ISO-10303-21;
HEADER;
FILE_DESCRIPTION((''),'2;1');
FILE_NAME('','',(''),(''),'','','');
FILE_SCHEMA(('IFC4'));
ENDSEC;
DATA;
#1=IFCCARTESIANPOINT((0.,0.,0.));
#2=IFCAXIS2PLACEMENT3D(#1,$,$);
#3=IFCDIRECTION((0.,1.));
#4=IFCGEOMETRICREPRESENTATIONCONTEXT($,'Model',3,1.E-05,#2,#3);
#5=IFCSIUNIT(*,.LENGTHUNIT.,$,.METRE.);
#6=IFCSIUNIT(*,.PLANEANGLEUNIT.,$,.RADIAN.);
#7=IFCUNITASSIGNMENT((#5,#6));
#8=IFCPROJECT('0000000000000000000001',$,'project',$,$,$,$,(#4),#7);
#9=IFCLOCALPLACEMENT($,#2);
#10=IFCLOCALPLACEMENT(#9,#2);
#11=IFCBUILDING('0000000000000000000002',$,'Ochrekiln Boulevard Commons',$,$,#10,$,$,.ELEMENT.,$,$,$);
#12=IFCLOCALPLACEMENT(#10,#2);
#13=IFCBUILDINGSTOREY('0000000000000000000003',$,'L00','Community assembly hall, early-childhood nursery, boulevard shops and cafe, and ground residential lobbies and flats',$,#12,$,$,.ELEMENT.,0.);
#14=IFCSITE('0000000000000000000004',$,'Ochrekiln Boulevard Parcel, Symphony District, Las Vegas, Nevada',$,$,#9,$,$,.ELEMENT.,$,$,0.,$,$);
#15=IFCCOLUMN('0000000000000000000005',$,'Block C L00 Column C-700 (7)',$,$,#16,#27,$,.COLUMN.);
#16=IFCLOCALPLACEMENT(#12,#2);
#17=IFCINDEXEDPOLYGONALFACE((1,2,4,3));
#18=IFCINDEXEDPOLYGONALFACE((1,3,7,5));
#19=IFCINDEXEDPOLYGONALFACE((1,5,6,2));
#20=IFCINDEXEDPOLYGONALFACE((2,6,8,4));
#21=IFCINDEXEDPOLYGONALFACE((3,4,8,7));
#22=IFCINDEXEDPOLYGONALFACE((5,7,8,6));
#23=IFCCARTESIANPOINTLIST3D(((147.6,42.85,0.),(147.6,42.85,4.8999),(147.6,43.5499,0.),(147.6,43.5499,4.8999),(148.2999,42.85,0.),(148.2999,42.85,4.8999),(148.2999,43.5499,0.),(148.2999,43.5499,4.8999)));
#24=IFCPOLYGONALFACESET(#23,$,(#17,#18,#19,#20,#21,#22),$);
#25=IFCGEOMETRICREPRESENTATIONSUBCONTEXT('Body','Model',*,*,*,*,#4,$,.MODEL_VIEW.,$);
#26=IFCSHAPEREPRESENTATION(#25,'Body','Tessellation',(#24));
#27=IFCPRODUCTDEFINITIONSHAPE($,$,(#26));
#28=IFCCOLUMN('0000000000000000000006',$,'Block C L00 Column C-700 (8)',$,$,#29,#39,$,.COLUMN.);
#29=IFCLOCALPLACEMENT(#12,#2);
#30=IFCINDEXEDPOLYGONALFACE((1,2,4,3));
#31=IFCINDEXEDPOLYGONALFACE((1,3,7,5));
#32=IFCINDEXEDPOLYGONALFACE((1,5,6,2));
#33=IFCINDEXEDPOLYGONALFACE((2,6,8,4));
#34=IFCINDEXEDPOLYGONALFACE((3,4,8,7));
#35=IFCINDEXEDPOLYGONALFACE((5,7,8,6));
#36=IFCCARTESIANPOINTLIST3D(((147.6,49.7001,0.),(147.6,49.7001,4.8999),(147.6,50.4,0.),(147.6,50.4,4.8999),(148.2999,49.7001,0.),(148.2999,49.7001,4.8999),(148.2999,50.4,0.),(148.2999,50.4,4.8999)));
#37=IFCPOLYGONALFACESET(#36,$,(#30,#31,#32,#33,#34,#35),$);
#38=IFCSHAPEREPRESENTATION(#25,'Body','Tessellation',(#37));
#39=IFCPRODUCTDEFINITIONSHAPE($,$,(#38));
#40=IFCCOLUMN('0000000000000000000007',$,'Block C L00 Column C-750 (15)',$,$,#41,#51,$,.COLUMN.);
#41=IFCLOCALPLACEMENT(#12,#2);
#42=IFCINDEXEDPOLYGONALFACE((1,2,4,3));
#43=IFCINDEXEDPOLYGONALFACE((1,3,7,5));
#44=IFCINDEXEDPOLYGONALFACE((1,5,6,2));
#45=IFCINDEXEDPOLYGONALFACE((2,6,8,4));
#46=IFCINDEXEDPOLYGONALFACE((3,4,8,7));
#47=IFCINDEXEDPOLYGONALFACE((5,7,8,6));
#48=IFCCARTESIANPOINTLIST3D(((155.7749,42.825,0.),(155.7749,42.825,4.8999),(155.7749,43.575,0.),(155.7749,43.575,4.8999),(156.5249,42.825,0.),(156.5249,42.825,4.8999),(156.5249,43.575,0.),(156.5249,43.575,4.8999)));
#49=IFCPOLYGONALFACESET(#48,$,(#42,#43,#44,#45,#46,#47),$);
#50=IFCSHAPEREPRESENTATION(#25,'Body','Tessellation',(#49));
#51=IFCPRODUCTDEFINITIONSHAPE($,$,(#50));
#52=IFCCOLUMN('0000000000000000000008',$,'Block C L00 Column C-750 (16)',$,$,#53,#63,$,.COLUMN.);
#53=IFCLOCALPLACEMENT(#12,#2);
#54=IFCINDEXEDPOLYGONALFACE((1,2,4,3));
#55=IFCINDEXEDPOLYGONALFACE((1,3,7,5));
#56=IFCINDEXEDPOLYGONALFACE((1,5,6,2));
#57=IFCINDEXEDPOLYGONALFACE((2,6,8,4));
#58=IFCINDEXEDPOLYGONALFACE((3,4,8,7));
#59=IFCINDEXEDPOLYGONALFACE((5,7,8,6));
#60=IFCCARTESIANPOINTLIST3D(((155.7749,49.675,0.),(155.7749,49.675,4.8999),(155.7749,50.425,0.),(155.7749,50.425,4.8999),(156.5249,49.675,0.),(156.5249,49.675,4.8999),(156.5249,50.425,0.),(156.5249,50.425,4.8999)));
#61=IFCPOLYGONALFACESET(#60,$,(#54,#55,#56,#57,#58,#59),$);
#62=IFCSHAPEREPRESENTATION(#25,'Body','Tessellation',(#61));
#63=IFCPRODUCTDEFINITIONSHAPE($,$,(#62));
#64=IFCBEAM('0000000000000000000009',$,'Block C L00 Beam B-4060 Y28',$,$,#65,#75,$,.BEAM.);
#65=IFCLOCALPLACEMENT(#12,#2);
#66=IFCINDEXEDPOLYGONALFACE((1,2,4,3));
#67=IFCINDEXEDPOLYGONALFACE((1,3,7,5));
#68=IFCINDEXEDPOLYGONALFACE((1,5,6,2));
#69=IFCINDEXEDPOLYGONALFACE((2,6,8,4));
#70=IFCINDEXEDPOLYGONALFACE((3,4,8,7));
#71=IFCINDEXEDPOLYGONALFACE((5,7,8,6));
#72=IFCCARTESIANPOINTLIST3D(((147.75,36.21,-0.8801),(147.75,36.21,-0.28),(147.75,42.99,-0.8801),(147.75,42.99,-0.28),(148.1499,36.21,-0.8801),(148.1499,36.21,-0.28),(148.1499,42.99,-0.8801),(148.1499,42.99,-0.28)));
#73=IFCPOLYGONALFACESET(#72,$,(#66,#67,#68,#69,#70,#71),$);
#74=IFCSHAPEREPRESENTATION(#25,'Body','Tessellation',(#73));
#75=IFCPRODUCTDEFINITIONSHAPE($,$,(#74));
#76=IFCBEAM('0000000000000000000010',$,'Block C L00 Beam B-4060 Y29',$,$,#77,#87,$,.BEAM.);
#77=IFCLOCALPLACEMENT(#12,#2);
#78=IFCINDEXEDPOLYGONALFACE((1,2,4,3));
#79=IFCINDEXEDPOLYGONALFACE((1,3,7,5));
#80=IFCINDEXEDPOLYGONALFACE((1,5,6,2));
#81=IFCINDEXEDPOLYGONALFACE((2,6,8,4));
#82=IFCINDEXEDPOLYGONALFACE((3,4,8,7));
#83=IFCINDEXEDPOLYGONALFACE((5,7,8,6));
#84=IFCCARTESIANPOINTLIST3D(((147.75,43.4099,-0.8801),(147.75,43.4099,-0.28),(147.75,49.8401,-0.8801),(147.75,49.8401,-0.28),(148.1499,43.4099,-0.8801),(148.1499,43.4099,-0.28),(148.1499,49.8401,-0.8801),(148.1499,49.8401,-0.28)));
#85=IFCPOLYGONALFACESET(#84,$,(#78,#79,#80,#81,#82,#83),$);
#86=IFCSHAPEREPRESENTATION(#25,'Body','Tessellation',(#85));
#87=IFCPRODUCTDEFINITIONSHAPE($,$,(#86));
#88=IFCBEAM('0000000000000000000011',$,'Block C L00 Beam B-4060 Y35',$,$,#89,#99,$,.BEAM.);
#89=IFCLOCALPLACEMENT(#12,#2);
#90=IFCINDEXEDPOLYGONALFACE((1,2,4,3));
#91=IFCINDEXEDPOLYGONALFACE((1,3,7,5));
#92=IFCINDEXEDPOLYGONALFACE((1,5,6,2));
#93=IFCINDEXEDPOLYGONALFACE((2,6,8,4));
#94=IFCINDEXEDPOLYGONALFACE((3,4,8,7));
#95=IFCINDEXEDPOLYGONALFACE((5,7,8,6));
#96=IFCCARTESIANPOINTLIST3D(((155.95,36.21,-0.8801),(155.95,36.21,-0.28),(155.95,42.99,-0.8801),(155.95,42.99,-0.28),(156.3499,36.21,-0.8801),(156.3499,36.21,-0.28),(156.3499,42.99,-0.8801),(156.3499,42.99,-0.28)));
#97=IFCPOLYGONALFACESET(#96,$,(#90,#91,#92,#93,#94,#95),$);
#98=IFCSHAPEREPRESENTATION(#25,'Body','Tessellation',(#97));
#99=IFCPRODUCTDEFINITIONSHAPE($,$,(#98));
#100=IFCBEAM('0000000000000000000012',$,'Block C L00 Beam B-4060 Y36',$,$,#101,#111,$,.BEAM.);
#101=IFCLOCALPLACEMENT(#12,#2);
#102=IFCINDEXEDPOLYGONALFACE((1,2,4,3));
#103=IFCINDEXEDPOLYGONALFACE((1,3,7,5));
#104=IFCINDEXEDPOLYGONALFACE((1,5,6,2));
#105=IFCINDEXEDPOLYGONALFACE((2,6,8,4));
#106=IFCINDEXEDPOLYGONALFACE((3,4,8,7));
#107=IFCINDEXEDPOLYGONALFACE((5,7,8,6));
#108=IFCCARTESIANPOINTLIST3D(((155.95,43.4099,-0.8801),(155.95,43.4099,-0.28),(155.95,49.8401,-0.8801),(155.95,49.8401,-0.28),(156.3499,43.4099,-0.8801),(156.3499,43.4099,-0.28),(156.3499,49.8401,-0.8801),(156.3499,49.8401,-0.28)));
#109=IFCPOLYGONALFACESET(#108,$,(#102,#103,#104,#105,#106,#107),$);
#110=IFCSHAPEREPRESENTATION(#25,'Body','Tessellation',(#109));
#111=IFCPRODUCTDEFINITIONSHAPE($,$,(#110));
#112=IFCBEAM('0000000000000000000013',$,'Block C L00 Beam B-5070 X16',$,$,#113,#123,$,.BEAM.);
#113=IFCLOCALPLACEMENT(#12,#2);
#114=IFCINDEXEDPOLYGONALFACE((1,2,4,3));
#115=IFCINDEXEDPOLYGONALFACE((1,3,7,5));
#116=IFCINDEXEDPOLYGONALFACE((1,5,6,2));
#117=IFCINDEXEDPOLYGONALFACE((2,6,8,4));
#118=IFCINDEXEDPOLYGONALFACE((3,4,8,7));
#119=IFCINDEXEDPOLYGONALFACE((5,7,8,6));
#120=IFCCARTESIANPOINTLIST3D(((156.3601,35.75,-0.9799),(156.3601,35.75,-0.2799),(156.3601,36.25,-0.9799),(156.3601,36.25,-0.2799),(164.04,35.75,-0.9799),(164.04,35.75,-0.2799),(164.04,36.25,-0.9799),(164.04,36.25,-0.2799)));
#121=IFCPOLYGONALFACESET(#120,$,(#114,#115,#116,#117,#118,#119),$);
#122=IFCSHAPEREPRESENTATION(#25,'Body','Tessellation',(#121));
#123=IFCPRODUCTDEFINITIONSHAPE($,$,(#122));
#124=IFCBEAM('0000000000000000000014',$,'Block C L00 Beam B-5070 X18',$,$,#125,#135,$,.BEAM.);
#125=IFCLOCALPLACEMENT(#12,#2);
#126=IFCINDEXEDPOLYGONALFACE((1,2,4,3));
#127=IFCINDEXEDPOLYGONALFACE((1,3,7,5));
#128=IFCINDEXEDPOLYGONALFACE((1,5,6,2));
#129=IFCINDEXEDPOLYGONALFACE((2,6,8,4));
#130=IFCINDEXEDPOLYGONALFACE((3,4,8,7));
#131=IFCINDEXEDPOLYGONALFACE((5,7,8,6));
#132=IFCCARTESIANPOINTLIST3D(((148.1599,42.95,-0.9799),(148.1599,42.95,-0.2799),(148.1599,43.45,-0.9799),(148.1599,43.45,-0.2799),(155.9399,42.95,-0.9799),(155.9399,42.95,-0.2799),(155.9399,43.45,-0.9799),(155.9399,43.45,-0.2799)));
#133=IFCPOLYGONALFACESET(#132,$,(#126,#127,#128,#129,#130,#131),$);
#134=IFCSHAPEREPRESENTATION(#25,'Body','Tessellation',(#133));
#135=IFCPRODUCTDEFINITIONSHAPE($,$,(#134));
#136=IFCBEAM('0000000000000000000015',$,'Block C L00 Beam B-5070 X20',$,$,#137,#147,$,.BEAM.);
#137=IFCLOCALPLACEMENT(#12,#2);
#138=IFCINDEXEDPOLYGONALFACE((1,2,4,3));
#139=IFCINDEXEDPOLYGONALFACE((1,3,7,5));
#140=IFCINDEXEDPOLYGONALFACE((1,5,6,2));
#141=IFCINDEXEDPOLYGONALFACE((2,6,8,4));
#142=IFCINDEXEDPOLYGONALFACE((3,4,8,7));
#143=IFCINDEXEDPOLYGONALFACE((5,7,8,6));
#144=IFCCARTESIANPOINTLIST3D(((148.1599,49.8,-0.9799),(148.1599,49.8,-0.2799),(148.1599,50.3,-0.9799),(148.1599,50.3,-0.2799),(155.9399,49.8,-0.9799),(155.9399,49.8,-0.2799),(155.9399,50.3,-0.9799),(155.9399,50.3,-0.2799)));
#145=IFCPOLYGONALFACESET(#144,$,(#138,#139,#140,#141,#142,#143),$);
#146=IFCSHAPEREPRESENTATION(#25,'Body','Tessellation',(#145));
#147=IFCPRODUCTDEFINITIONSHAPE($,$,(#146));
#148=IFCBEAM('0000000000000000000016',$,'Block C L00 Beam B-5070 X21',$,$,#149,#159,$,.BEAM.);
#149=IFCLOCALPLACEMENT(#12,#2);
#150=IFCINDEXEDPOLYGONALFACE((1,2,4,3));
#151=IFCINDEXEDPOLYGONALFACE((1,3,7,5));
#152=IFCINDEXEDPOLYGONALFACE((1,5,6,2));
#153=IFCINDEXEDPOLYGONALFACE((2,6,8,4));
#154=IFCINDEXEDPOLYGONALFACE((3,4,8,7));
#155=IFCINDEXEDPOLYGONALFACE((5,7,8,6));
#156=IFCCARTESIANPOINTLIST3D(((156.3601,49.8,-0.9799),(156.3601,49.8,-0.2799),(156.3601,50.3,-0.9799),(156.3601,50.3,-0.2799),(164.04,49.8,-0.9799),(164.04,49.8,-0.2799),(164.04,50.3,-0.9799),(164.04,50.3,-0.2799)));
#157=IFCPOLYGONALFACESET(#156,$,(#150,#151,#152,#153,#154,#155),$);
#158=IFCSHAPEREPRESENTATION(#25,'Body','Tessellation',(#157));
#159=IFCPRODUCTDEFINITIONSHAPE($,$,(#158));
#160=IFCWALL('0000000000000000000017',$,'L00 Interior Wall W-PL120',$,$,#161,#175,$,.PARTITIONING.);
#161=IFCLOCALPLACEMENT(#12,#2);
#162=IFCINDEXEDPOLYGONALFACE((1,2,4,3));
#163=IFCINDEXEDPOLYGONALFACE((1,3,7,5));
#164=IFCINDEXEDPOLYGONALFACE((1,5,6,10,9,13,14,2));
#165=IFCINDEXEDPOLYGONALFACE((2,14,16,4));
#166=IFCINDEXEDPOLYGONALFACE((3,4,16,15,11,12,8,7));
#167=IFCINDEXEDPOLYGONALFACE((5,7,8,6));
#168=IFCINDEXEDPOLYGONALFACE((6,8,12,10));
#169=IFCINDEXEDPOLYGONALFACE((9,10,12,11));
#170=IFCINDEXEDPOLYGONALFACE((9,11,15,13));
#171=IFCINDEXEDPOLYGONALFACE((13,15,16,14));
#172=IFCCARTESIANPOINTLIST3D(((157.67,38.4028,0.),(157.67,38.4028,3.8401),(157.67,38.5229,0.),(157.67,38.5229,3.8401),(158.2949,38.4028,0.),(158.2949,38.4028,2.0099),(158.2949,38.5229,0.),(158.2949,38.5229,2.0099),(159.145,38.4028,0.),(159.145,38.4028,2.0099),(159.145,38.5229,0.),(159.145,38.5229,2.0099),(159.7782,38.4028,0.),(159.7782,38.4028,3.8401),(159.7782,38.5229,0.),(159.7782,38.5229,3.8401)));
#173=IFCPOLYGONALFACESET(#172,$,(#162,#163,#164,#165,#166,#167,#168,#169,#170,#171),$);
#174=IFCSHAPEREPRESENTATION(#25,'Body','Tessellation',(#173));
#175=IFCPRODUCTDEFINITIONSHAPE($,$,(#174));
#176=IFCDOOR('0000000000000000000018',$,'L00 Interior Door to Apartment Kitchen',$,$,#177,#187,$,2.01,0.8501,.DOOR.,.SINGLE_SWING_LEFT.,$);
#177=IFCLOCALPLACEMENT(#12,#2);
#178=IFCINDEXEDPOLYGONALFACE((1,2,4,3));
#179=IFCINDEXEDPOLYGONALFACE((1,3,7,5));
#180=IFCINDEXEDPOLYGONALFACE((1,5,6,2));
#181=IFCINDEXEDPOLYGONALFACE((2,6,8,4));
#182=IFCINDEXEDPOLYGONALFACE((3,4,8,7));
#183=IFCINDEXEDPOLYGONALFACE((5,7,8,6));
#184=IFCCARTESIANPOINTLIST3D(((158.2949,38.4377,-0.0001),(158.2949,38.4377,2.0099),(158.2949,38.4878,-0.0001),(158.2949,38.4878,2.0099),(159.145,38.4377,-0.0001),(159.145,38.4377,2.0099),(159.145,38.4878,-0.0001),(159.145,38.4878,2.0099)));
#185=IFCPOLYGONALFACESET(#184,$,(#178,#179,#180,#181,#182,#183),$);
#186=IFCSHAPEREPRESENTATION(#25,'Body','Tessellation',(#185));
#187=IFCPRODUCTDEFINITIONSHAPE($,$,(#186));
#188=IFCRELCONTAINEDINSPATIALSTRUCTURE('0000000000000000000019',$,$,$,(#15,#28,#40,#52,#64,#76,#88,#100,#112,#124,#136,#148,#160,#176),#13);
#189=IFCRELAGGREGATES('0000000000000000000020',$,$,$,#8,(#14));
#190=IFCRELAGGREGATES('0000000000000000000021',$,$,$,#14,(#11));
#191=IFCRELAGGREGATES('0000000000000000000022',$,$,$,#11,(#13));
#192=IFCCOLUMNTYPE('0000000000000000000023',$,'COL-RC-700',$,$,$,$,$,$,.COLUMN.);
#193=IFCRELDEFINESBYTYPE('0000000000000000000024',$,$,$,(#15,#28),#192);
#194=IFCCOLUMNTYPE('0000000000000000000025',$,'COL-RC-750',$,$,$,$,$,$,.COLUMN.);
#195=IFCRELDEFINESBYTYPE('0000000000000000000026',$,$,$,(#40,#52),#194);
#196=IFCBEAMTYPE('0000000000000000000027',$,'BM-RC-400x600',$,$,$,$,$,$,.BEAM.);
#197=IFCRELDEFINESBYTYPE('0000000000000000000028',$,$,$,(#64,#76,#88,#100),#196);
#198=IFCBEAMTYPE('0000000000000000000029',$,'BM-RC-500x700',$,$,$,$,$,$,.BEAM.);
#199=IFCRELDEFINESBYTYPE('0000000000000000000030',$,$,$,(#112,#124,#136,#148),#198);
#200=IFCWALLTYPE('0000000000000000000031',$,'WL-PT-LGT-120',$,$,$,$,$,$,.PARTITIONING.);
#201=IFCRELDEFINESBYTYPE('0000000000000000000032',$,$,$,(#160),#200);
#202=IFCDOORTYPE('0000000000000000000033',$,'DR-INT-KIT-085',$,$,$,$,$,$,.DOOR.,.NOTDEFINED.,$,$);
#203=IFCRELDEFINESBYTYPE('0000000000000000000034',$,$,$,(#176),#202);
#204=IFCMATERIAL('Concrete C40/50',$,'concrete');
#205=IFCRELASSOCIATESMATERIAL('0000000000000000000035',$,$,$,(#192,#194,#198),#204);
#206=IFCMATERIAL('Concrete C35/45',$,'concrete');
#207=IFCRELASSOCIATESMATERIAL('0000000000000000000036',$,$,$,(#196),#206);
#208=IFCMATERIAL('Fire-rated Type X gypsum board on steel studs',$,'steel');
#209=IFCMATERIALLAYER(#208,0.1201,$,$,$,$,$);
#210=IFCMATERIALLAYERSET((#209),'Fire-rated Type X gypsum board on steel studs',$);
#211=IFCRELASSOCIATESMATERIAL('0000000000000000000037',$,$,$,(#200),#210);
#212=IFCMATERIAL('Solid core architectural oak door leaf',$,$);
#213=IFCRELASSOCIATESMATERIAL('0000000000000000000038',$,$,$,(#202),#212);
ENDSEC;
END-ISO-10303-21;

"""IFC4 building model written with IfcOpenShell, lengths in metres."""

from ifc_helpers import new_model, si_unit, direction, frame, frame_2d, origin, origin_2d, place, context, subcontext, project, spatial, rectangle, extrude, material, layer, layer_set, material_profile, profile_set, type_object, element, fill, save


model = new_model("IFC4")

# Units and contexts
model_context = context("Model", 3, precision=1e-05, world=origin(), true_north=direction((0.0, 1.0)))
body_context = subcontext(model_context, "Body", "Model", "MODEL_VIEW")
ifc_project = project(units=[si_unit("LENGTHUNIT", "METRE"), si_unit("PLANEANGLEUNIT", "RADIAN")], contexts=[model_context])

# Site, building, storey
site_placement = place(None, origin())
site = spatial("IfcSite", under=ifc_project, at=site_placement, Name="Ochrekiln Boulevard Parcel, Symphony District, Las Vegas, Nevada", CompositionType="ELEMENT", RefElevation=0.0)
building_placement = place(site_placement, origin())
building = spatial("IfcBuilding", under=site, at=building_placement, Name="Ochrekiln Boulevard Commons", CompositionType="ELEMENT")
storey_placement = place(building_placement, origin())
storey = spatial("IfcBuildingStorey", under=building, at=storey_placement, Name="L00", Description="Community assembly hall, early-childhood nursery, boulevard shops and cafe, and ground residential lobbies and flats", CompositionType="ELEMENT", Elevation=0.0)

# Columns
ifc_material_1 = material(Name="Concrete C40/50", Category="concrete")
ifc_material_profile_1 = material_profile(ifc_material_1, rectangle(XDim=0.7, YDim=0.7, at=origin_2d()), Name="RC-COL-700x700")
ifc_profile_set_1 = profile_set([ifc_material_profile_1], Name="Concrete C40/50")
column_type_1 = type_object("IfcColumnType", Name="COL-RC-700", PredefinedType="COLUMN", material=ifc_profile_set_1)
for number, where, z_axis, x_axis, name in (
    (1, (147.95, 43.2, 0.0), (0.0, 0.0, 1.0), (1.0, 0.0, 0.0), "Block C L00 Column C-700 (7)"),
    (2, (147.95, 50.05, 0.0), (0.0, 0.0, 1.0), (1.0, 0.0, 0.0), "Block C L00 Column C-700 (8)"),
):
    element("IfcColumn", number, at=place(storey_placement, frame(where, z_axis=z_axis, x_axis=x_axis)), inside=storey, type_object=column_type_1, Name=name, PredefinedType="COLUMN", context=body_context, shape_type="SweptSolid", body=[
        extrude(rectangle(XDim=0.7, YDim=0.7, at=origin_2d()), origin(), (0.0, 0.0, 1.0), 4.8999),
    ])
ifc_material_profile_2 = material_profile(ifc_material_1, rectangle(XDim=0.75, YDim=0.75, at=origin_2d()), Name="RC-COL-750x750")
ifc_profile_set_2 = profile_set([ifc_material_profile_2], Name="Concrete C40/50")
column_type_2 = type_object("IfcColumnType", Name="COL-RC-750", PredefinedType="COLUMN", material=ifc_profile_set_2)
for number, where, z_axis, x_axis, name in (
    (3, (156.1499, 43.2, 0.0), (0.0, 0.0, 1.0), (1.0, 0.0, 0.0), "Block C L00 Column C-750 (15)"),
    (4, (156.1499, 50.05, 0.0), (0.0, 0.0, 1.0), (1.0, 0.0, 0.0), "Block C L00 Column C-750 (16)"),
):
    element("IfcColumn", number, at=place(storey_placement, frame(where, z_axis=z_axis, x_axis=x_axis)), inside=storey, type_object=column_type_2, Name=name, PredefinedType="COLUMN", context=body_context, shape_type="SweptSolid", body=[
        extrude(rectangle(XDim=0.75, YDim=0.75, at=origin_2d()), origin(), (0.0, 0.0, 1.0), 4.8999),
    ])

# Beams
ifc_material_2 = material(Name="Concrete C35/45", Category="concrete")
ifc_material_profile_3 = material_profile(ifc_material_2, rectangle(XDim=0.3999, YDim=0.6001, at=origin_2d()), Name="RC-BM-400x600")
ifc_profile_set_3 = profile_set([ifc_material_profile_3], Name="Concrete C35/45")
beam_type_1 = type_object("IfcBeamType", Name="BM-RC-400x600", PredefinedType="BEAM", material=ifc_profile_set_3)
beam_1_placement = place(storey_placement, frame((147.95, 36.21, -0.5801), z_axis=(0.0, 1.0, 0.0), x_axis=(-1.0, 0.0, 0.0)))
element("IfcBeam", 5, at=beam_1_placement, inside=storey, type_object=beam_type_1, Name="Block C L00 Beam B-4060 Y28", PredefinedType="BEAM", context=body_context, shape_type="SweptSolid", body=[
    extrude(rectangle(XDim=0.3999, YDim=0.6001, at=origin_2d()), origin(), (0.0, 0.0, 1.0), 6.78),
])
beam_2_placement = place(storey_placement, frame((147.95, 43.4099, -0.5801), z_axis=(0.0, 1.0, 0.0), x_axis=(-1.0, 0.0, 0.0)))
element("IfcBeam", 6, at=beam_2_placement, inside=storey, type_object=beam_type_1, Name="Block C L00 Beam B-4060 Y29", PredefinedType="BEAM", context=body_context, shape_type="SweptSolid", body=[
    extrude(rectangle(XDim=0.3999, YDim=0.6001, at=origin_2d()), origin(), (0.0, 0.0, 1.0), 6.4302),
])
beam_3_placement = place(storey_placement, frame((156.1499, 36.21, -0.5801), z_axis=(0.0, 1.0, 0.0), x_axis=(-1.0, 0.0, 0.0)))
element("IfcBeam", 7, at=beam_3_placement, inside=storey, type_object=beam_type_1, Name="Block C L00 Beam B-4060 Y35", PredefinedType="BEAM", context=body_context, shape_type="SweptSolid", body=[
    extrude(rectangle(XDim=0.3999, YDim=0.6001, at=origin_2d()), origin(), (0.0, 0.0, 1.0), 6.78),
])
beam_4_placement = place(storey_placement, frame((156.1499, 43.4099, -0.5801), z_axis=(0.0, 1.0, 0.0), x_axis=(-1.0, 0.0, 0.0)))
element("IfcBeam", 8, at=beam_4_placement, inside=storey, type_object=beam_type_1, Name="Block C L00 Beam B-4060 Y36", PredefinedType="BEAM", context=body_context, shape_type="SweptSolid", body=[
    extrude(rectangle(XDim=0.3999, YDim=0.6001, at=origin_2d()), origin(), (0.0, 0.0, 1.0), 6.4302),
])
ifc_material_profile_4 = material_profile(ifc_material_1, rectangle(XDim=0.5, YDim=0.7, at=origin_2d()), Name="RC-BM-500x700")
ifc_profile_set_4 = profile_set([ifc_material_profile_4], Name="Concrete C40/50")
beam_type_2 = type_object("IfcBeamType", Name="BM-RC-500x700", PredefinedType="BEAM", material=ifc_profile_set_4)
beam_5_placement = place(storey_placement, frame((156.3601, 36.0, -0.6299), z_axis=(1.0, 0.0, 0.0), x_axis=(0.0, 1.0, 0.0)))
element("IfcBeam", 9, at=beam_5_placement, inside=storey, type_object=beam_type_2, Name="Block C L00 Beam B-5070 X16", PredefinedType="BEAM", context=body_context, shape_type="SweptSolid", body=[
    extrude(rectangle(XDim=0.5, YDim=0.7, at=origin_2d()), origin(), (0.0, 0.0, 1.0), 7.6799),
])
for number, where, z_axis, x_axis, name in (
    (10, (148.1599, 43.2, -0.6299), (1.0, 0.0, 0.0), (0.0, 1.0, 0.0), "Block C L00 Beam B-5070 X18"),
    (11, (148.1599, 50.05, -0.6299), (1.0, 0.0, 0.0), (0.0, 1.0, 0.0), "Block C L00 Beam B-5070 X20"),
):
    element("IfcBeam", number, at=place(storey_placement, frame(where, z_axis=z_axis, x_axis=x_axis)), inside=storey, type_object=beam_type_2, Name=name, PredefinedType="BEAM", context=body_context, shape_type="SweptSolid", body=[
        extrude(rectangle(XDim=0.5, YDim=0.7, at=origin_2d()), origin(), (0.0, 0.0, 1.0), 7.78),
    ])
beam_6_placement = place(storey_placement, frame((156.3601, 50.05, -0.6299), z_axis=(1.0, 0.0, 0.0), x_axis=(0.0, 1.0, 0.0)))
element("IfcBeam", 12, at=beam_6_placement, inside=storey, type_object=beam_type_2, Name="Block C L00 Beam B-5070 X21", PredefinedType="BEAM", context=body_context, shape_type="SweptSolid", body=[
    extrude(rectangle(XDim=0.5, YDim=0.7, at=origin_2d()), origin(), (0.0, 0.0, 1.0), 7.6799),
])

# Wall, opening, door
ifc_material_3 = material(Name="Fire-rated Type X gypsum board on steel studs", Category="steel")
ifc_layer_1 = layer(ifc_material_3, 0.1201)
ifc_layer_set_1 = layer_set([ifc_layer_1], Name="Fire-rated Type X gypsum board on steel studs")
wall_type_1 = type_object("IfcWallType", Name="WL-PT-LGT-120", PredefinedType="PARTITIONING", material=ifc_layer_set_1)
wall_1_placement = place(storey_placement, frame((157.6699, 38.4629, 0.0), z_axis=(0.0, 0.0, 1.0), x_axis=(1.0, 0.0, 0.0)))
wall_1 = element("IfcWall", 13, at=wall_1_placement, inside=storey, type_object=wall_type_1, Name="L00 Interior Wall W-PL120", PredefinedType="PARTITIONING", context=body_context, shape_type="SweptSolid", body=[
    extrude(rectangle(XDim=2.1082, YDim=0.1201, at=frame_2d((1.0542, 0.0))), origin(), (0.0, 0.0, 1.0), 3.8401),
])
opening_1_placement = place(wall_1_placement, frame((0.625, 0.0, 0.0)))
opening_1 = element("IfcOpeningElement", 14, at=opening_1_placement, cuts=wall_1, PredefinedType="OPENING", context=body_context, shape_type="SweptSolid", body=[
    extrude(rectangle(XDim=0.8501, YDim=2.01, at=frame_2d((0.425, 1.0049))), frame((0.0, 0.0701, 0.0), z_axis=(0.0, -1.0, 0.0), x_axis=(1.0, 0.0, 0.0)), (0.0, 0.0, 1.0), 0.1401),
])
ifc_material_4 = material(Name="Solid core architectural oak door leaf")
door_type_1 = type_object("IfcDoorType", Name="DR-INT-KIT-085", OperationType="NOTDEFINED", PredefinedType="DOOR", material=ifc_material_4)
door_1_placement = place(opening_1_placement, origin())
door_1 = element("IfcDoor", 15, at=door_1_placement, inside=storey, type_object=door_type_1, Name="L00 Interior Door to Apartment Kitchen", OperationType="SINGLE_SWING_LEFT", OverallHeight=2.01, OverallWidth=0.8501, PredefinedType="DOOR", context=body_context, shape_type="SweptSolid", body=[
    extrude(rectangle(XDim=0.8501, YDim=2.01, at=frame_2d((0.425, 1.0049))), frame((0.0, 0.0249, 0.0), z_axis=(0.0, -1.0, 0.0), x_axis=(1.0, 0.0, 0.0)), (0.0, 0.0, 1.0), 0.05),
])
fill(opening_1, door_1)

save(model, "model.ifc")
